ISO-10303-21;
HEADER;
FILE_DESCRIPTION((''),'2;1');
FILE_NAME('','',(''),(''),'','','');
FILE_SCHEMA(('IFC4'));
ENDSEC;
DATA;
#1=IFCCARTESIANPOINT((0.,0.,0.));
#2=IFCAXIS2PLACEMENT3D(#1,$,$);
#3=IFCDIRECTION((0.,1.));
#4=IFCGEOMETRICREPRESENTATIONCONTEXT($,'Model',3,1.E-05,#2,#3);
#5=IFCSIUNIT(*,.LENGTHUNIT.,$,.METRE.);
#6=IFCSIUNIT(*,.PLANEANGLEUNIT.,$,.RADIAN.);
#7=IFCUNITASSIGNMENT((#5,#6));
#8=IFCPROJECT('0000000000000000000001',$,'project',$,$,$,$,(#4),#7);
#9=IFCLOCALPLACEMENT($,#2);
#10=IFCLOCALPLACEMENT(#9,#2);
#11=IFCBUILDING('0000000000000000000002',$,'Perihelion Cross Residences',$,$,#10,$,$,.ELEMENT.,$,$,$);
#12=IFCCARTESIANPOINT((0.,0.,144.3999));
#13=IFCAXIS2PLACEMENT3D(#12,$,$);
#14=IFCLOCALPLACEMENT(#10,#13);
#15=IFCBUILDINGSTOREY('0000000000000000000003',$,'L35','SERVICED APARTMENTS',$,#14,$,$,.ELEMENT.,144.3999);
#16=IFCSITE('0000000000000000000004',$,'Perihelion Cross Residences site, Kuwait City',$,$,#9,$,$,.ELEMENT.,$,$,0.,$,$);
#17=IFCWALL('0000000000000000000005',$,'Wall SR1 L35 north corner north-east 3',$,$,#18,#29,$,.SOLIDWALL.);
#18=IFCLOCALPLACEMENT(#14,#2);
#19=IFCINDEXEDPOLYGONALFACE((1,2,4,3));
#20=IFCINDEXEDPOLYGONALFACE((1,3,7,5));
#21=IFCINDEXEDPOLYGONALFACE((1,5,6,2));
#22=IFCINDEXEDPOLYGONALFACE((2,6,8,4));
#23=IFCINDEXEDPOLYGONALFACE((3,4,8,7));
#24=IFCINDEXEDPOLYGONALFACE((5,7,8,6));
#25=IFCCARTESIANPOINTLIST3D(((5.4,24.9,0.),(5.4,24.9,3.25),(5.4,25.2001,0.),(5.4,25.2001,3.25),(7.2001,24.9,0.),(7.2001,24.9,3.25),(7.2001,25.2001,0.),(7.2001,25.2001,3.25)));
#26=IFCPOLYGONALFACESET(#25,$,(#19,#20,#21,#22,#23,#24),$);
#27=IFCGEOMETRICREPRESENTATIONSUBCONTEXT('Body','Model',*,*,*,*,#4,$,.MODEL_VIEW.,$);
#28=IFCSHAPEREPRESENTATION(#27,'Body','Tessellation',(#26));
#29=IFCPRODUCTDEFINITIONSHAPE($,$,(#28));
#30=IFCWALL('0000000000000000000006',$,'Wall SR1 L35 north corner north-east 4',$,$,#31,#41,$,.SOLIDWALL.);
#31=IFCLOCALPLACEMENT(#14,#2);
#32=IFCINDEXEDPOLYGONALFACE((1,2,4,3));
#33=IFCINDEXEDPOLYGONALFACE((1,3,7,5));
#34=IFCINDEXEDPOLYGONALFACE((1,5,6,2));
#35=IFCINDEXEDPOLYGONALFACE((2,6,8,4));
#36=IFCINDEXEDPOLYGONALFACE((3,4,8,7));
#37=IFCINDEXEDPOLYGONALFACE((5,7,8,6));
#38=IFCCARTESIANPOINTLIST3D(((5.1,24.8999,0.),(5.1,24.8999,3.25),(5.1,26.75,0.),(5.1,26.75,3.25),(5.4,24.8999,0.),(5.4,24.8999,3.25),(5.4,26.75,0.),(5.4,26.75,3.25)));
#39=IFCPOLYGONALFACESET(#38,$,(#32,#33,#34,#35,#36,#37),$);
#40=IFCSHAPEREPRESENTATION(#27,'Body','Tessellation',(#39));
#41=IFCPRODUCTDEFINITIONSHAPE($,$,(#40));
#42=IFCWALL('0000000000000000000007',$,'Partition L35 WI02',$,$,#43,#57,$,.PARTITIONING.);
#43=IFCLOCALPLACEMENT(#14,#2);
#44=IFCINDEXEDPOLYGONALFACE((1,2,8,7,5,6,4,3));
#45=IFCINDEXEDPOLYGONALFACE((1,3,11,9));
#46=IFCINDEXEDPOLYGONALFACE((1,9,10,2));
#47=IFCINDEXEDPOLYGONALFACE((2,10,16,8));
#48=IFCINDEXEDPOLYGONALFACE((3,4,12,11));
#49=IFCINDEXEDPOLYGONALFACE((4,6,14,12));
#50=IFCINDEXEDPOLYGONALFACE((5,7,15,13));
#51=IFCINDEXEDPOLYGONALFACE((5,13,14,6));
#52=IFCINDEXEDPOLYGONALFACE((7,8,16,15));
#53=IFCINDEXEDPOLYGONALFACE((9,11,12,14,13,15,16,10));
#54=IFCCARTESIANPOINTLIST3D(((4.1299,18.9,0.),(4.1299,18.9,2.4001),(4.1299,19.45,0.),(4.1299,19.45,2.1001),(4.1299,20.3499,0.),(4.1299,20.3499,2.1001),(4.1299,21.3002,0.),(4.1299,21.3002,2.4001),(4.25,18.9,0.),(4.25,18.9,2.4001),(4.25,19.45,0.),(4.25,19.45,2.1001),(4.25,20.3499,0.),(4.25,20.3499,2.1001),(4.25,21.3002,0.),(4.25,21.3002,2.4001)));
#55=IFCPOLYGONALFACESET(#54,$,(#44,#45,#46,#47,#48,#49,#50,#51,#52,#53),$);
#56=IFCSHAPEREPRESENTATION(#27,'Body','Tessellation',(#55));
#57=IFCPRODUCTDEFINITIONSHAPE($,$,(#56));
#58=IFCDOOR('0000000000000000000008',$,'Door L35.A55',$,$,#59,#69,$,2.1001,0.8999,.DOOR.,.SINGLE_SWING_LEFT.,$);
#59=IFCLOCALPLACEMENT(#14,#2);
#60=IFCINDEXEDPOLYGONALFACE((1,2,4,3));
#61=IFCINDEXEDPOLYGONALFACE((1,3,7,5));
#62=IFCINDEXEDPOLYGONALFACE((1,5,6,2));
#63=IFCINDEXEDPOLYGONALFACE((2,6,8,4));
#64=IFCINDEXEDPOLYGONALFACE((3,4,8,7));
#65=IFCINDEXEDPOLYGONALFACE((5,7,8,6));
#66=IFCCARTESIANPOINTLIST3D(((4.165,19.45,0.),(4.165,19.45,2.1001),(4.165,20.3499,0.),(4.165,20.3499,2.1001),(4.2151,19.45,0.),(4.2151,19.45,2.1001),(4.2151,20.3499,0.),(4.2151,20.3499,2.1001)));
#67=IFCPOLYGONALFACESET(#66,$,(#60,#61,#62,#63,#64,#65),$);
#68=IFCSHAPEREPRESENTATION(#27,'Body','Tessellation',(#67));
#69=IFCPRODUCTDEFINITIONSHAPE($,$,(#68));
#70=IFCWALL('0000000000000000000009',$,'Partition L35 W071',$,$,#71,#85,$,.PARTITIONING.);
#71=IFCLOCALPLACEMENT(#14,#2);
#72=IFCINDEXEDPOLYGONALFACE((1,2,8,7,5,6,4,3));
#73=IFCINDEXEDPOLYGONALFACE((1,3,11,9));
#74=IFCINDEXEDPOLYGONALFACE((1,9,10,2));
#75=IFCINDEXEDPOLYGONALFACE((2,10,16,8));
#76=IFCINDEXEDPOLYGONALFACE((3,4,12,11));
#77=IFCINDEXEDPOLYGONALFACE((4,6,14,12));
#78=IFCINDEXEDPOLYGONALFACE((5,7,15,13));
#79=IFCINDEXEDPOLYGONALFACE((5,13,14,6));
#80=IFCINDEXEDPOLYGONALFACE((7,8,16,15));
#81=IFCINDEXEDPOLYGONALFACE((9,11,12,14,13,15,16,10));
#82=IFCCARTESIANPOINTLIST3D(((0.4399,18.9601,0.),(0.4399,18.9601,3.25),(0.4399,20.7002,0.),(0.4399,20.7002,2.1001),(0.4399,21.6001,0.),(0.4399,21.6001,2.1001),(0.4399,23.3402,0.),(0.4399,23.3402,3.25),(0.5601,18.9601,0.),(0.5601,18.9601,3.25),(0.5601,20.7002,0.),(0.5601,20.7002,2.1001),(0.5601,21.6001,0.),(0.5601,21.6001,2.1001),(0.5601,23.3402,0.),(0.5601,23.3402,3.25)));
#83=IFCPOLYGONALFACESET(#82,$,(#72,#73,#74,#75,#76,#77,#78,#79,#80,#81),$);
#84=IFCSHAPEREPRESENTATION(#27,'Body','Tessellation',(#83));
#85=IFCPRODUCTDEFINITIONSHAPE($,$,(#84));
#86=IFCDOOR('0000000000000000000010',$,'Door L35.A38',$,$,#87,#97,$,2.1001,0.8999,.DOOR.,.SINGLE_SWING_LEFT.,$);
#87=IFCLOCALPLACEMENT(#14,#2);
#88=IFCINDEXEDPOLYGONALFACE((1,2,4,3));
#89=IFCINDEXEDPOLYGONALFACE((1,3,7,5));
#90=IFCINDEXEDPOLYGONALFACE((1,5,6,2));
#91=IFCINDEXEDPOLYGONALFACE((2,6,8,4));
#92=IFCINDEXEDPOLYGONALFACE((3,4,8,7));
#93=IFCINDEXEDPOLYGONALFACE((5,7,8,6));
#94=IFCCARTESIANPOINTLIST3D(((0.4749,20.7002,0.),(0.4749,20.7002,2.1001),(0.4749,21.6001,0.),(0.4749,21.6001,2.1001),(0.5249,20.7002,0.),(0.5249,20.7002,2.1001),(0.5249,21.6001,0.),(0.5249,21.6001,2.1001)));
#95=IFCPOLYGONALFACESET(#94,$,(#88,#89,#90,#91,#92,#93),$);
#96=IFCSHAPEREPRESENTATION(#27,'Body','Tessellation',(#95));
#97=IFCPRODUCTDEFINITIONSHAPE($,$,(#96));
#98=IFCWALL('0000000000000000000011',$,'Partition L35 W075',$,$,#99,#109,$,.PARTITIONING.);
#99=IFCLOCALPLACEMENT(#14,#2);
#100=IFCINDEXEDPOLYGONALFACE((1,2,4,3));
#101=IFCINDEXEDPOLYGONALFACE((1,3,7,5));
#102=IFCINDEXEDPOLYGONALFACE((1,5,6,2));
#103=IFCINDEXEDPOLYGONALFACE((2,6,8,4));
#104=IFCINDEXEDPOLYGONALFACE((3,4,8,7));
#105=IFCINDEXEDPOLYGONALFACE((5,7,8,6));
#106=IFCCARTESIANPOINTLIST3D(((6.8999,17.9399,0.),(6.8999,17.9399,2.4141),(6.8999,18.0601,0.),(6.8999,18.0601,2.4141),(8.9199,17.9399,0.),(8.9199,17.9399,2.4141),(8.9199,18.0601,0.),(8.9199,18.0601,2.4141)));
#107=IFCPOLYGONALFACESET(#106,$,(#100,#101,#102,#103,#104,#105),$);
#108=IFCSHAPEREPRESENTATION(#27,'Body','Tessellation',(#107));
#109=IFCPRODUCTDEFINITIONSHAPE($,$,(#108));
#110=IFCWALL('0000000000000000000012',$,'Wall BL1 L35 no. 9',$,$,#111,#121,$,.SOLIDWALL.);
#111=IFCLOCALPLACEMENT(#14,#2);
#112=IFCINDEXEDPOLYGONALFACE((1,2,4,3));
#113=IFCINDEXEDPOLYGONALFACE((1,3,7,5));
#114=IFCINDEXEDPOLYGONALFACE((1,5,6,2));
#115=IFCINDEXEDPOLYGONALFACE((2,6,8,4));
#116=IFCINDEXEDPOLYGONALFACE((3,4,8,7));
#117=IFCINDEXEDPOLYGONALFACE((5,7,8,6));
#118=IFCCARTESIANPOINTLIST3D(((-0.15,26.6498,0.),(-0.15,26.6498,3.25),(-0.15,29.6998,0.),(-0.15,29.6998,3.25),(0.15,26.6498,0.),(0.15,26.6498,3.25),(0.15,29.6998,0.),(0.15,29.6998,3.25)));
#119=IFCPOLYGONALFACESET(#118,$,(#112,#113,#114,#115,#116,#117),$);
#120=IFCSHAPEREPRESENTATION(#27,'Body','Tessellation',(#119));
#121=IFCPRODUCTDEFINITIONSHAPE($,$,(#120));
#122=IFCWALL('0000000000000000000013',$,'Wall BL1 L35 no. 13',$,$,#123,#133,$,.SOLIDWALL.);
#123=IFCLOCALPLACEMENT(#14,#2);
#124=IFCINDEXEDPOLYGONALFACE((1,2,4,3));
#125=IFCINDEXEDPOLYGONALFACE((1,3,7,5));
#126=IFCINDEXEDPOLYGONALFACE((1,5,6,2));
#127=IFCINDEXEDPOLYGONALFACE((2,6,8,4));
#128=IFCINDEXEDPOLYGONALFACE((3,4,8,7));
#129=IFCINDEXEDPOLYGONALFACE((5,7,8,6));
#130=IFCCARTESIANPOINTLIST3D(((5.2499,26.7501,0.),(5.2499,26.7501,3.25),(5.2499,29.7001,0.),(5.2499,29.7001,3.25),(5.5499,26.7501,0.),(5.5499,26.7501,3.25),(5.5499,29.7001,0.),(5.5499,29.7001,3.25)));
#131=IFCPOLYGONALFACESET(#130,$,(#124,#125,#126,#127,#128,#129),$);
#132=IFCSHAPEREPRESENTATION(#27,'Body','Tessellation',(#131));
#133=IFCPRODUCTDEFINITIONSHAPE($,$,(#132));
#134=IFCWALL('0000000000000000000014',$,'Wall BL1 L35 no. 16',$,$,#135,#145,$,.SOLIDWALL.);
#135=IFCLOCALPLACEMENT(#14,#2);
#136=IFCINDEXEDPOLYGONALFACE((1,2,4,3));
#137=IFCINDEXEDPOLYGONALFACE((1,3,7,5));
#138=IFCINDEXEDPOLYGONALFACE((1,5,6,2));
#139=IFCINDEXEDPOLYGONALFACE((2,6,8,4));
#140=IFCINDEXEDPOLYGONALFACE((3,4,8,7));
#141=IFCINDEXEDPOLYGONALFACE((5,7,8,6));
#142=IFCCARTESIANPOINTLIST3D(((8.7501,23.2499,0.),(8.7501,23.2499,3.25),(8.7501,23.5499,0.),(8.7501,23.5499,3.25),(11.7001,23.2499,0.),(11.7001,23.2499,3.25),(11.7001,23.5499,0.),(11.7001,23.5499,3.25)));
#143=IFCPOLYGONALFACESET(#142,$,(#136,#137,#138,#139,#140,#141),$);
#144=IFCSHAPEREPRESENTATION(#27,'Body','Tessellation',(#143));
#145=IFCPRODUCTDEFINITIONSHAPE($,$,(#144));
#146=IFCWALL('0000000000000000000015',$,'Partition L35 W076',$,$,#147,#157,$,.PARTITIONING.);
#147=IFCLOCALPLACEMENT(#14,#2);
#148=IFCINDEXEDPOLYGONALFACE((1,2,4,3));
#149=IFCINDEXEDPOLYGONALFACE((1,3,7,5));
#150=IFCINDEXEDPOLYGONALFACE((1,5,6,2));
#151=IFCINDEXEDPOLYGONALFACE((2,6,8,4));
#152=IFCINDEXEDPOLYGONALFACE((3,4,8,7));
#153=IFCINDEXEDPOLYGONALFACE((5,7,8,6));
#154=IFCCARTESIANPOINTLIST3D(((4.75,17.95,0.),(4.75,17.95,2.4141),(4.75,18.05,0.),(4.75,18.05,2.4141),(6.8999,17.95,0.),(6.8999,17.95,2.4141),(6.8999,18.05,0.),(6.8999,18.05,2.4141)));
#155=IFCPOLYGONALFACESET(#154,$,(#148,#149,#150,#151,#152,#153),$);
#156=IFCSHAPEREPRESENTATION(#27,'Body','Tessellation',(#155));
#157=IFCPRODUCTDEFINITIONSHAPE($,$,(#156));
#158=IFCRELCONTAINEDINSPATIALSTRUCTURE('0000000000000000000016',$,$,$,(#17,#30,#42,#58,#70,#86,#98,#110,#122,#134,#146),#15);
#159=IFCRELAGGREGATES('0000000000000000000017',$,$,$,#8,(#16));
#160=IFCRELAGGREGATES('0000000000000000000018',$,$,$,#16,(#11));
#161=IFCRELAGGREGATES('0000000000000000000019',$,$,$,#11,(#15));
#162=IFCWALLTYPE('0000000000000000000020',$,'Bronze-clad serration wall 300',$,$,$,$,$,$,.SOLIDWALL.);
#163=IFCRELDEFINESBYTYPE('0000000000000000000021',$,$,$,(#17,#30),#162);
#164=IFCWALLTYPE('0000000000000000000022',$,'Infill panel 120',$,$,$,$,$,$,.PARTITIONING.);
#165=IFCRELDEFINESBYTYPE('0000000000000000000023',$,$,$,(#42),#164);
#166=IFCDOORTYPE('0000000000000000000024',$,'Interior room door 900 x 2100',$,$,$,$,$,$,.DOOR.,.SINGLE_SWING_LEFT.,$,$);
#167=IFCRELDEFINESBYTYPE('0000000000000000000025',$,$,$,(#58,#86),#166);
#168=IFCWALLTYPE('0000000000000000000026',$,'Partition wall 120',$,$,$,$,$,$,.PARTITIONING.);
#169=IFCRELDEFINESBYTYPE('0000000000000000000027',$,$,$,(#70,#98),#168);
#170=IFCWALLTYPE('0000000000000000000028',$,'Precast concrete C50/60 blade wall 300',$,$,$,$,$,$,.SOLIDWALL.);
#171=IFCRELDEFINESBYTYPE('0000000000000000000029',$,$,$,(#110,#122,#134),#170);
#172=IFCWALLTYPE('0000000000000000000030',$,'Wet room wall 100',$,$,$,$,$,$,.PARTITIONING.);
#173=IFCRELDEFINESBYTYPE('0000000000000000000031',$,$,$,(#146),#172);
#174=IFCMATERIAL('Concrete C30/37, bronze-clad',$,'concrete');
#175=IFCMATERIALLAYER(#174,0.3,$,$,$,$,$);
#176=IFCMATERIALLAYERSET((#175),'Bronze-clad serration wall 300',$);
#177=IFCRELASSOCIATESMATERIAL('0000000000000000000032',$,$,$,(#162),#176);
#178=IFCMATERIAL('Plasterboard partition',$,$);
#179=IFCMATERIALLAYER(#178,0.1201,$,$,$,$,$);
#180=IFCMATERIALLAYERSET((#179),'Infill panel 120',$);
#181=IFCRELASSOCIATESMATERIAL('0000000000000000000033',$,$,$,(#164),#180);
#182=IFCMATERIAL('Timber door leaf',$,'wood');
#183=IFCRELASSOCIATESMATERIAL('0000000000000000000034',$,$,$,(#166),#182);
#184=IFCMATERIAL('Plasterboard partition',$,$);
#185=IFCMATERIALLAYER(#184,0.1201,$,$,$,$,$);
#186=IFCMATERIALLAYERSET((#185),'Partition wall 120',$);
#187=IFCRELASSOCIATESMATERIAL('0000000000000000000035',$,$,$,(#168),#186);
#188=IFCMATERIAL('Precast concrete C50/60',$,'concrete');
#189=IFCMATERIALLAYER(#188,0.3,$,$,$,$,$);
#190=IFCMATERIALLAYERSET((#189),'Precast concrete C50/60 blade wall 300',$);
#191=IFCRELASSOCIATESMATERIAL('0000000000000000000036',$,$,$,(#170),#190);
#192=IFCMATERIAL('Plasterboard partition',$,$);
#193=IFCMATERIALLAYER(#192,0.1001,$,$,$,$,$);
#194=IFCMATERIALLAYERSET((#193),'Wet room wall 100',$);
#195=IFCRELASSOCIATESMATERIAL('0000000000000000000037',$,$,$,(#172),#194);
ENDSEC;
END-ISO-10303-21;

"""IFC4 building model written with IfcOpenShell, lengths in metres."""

from ifc_helpers import new_model, si_unit, direction, frame, frame_2d, origin, place, context, subcontext, project, spatial, rectangle, extrude, material, layer, layer_set, type_object, element, fill, save


model = new_model("IFC4")

# Units and contexts
model_context = context("Model", 3, precision=1e-05, world=origin(), true_north=direction((0.0, 1.0)))
body_context = subcontext(model_context, "Body", "Model", "MODEL_VIEW")
ifc_project = project(units=[si_unit("LENGTHUNIT", "METRE"), si_unit("PLANEANGLEUNIT", "RADIAN")], contexts=[model_context])

# Site, building, storey
site_placement = place(None, origin())
site = spatial("IfcSite", under=ifc_project, at=site_placement, Name="Perihelion Cross Residences site, Kuwait City", CompositionType="ELEMENT", RefElevation=0.0)
building_placement = place(site_placement, origin())
building = spatial("IfcBuilding", under=site, at=building_placement, Name="Perihelion Cross Residences", CompositionType="ELEMENT")
storey_placement = place(building_placement, frame((0.0, 0.0, 144.3999)))
storey = spatial("IfcBuildingStorey", under=building, at=storey_placement, Name="L35", Description="SERVICED APARTMENTS", CompositionType="ELEMENT", Elevation=144.3999)

# Walls
ifc_material_1 = material(Name="Concrete C30/37, bronze-clad", Category="concrete")
ifc_layer_1 = layer(ifc_material_1, 0.3)
ifc_layer_set_1 = layer_set([ifc_layer_1], Name="Bronze-clad serration wall 300")
wall_type_1 = type_object("IfcWallType", Name="Bronze-clad serration wall 300", PredefinedType="SOLIDWALL", material=ifc_layer_set_1)
wall_1_placement = place(storey_placement, frame((7.2, 25.05, 0.0), z_axis=(0.0, 0.0, 1.0), x_axis=(-1.0, 0.0, 0.0)))
element("IfcWall", 1, at=wall_1_placement, inside=storey, type_object=wall_type_1, Name="Wall SR1 L35 north corner north-east 3", PredefinedType="SOLIDWALL", context=body_context, shape_type="SweptSolid", body=[
    extrude(rectangle(XDim=1.8, YDim=0.3, at=frame_2d((0.8999, 0.0))), origin(), (0.0, 0.0, 1.0), 3.25),
])
wall_2_placement = place(storey_placement, frame((5.25, 24.8999, 0.0), z_axis=(0.0, 0.0, 1.0), x_axis=(0.0, 1.0, 0.0)))
element("IfcWall", 2, at=wall_2_placement, inside=storey, type_object=wall_type_1, Name="Wall SR1 L35 north corner north-east 4", PredefinedType="SOLIDWALL", context=body_context, shape_type="SweptSolid", body=[
    extrude(rectangle(XDim=1.8501, YDim=0.3, at=frame_2d((0.925, 0.0))), origin(), (0.0, 0.0, 1.0), 3.25),
])

# Walls, openings, doors
ifc_material_2 = material(Name="Plasterboard partition")
ifc_layer_2 = layer(ifc_material_2, 0.1201)
ifc_layer_set_2 = layer_set([ifc_layer_2], Name="Infill panel 120")
wall_type_2 = type_object("IfcWallType", Name="Infill panel 120", PredefinedType="PARTITIONING", material=ifc_layer_set_2)
wall_3_placement = place(storey_placement, frame((4.1899, 18.8999, 0.0), z_axis=(0.0, 0.0, 1.0), x_axis=(0.0, 1.0, 0.0)))
wall_3 = element("IfcWall", 3, at=wall_3_placement, inside=storey, type_object=wall_type_2, Name="Partition L35 WI02", PredefinedType="PARTITIONING", context=body_context, shape_type="SweptSolid", body=[
    extrude(rectangle(XDim=2.4001, YDim=0.1201, at=frame_2d((1.2002, 0.0))), origin(), (0.0, 0.0, 1.0), 2.4001),
])
opening_1_placement = place(wall_3_placement, frame((0.55, 0.0, 0.0)))
opening_1 = element("IfcOpeningElement", 4, at=opening_1_placement, cuts=wall_3, PredefinedType="OPENING", context=body_context, shape_type="SweptSolid", body=[
    extrude(rectangle(XDim=0.8999, YDim=2.1001, at=frame_2d((0.45, 1.05))), frame((0.0, 0.0701, 0.0), z_axis=(0.0, -1.0, 0.0), x_axis=(1.0, 0.0, 0.0)), (0.0, 0.0, 1.0), 0.1401),
])
ifc_material_3 = material(Name="Timber door leaf", Category="wood")
door_type_1 = type_object("IfcDoorType", Name="Interior room door 900 x 2100", OperationType="SINGLE_SWING_LEFT", PredefinedType="DOOR", material=ifc_material_3)
door_1_placement = place(opening_1_placement, origin())
door_1 = element("IfcDoor", 5, at=door_1_placement, inside=storey, type_object=door_type_1, Name="Door L35.A55", OperationType="SINGLE_SWING_LEFT", OverallHeight=2.1001, OverallWidth=0.8999, PredefinedType="DOOR", context=body_context, shape_type="SweptSolid", body=[
    extrude(rectangle(XDim=0.8999, YDim=2.1001, at=frame_2d((0.45, 1.05))), frame((0.0, 0.0249, 0.0), z_axis=(0.0, -1.0, 0.0), x_axis=(1.0, 0.0, 0.0)), (0.0, 0.0, 1.0), 0.05),
])
fill(opening_1, door_1)
ifc_material_4 = material(Name="Plasterboard partition")
ifc_layer_3 = layer(ifc_material_4, 0.1201)
ifc_layer_set_3 = layer_set([ifc_layer_3], Name="Partition wall 120")
wall_type_3 = type_object("IfcWallType", Name="Partition wall 120", PredefinedType="PARTITIONING", material=ifc_layer_set_3)
wall_4_placement = place(storey_placement, frame((0.5, 23.3401, 0.0), z_axis=(0.0, 0.0, 1.0), x_axis=(0.0, -1.0, 0.0)))
wall_4 = element("IfcWall", 6, at=wall_4_placement, inside=storey, type_object=wall_type_3, Name="Partition L35 W071", PredefinedType="PARTITIONING", context=body_context, shape_type="SweptSolid", body=[
    extrude(rectangle(XDim=4.3801, YDim=0.1201, at=frame_2d((2.1899, 0.0))), origin(), (0.0, 0.0, 1.0), 3.25),
])
opening_2_placement = place(wall_4_placement, frame((1.74, 0.0, 0.0)))
opening_2 = element("IfcOpeningElement", 7, at=opening_2_placement, cuts=wall_4, PredefinedType="OPENING", context=body_context, shape_type="SweptSolid", body=[
    extrude(rectangle(XDim=0.8999, YDim=2.1001, at=frame_2d((0.45, 1.05))), frame((0.0, 0.0701, 0.0), z_axis=(0.0, -1.0, 0.0), x_axis=(1.0, 0.0, 0.0)), (0.0, 0.0, 1.0), 0.1401),
])
door_2_placement = place(opening_2_placement, origin())
door_2 = element("IfcDoor", 8, at=door_2_placement, inside=storey, type_object=door_type_1, Name="Door L35.A38", OperationType="SINGLE_SWING_LEFT", OverallHeight=2.1001, OverallWidth=0.8999, PredefinedType="DOOR", context=body_context, shape_type="SweptSolid", body=[
    extrude(rectangle(XDim=0.8999, YDim=2.1001, at=frame_2d((0.45, 1.05))), frame((0.0, 0.0249, 0.0), z_axis=(0.0, -1.0, 0.0), x_axis=(1.0, 0.0, 0.0)), (0.0, 0.0, 1.0), 0.05),
])
fill(opening_2, door_2)

# Walls
wall_5_placement = place(storey_placement, frame((6.8999, 18.0, 0.0), z_axis=(0.0, 0.0, 1.0), x_axis=(1.0, 0.0, 0.0)))
element("IfcWall", 9, at=wall_5_placement, inside=storey, type_object=wall_type_3, Name="Partition L35 W075", PredefinedType="PARTITIONING", context=body_context, shape_type="SweptSolid", body=[
    extrude(rectangle(XDim=2.02, YDim=0.1201, at=frame_2d((1.01, 0.0))), origin(), (0.0, 0.0, 1.0), 2.4141),
])
ifc_material_5 = material(Name="Precast concrete C50/60", Category="concrete")
ifc_layer_4 = layer(ifc_material_5, 0.3)
ifc_layer_set_4 = layer_set([ifc_layer_4], Name="Precast concrete C50/60 blade wall 300")
wall_type_4 = type_object("IfcWallType", Name="Precast concrete C50/60 blade wall 300", PredefinedType="SOLIDWALL", material=ifc_layer_set_4)
wall_6_placement = place(storey_placement, frame((0.0, 26.6499, 0.0), z_axis=(0.0, 0.0, 1.0), x_axis=(0.0, 1.0, 0.0)))
element("IfcWall", 10, at=wall_6_placement, inside=storey, type_object=wall_type_4, Name="Wall BL1 L35 no. 9", PredefinedType="SOLIDWALL", context=body_context, shape_type="SweptSolid", body=[
    extrude(rectangle(XDim=3.05, YDim=0.3, at=frame_2d((1.5249, 0.0))), origin(), (0.0, 0.0, 1.0), 3.25),
])
for number, where, z_axis, x_axis, name in (
    (11, (5.3999, 26.75, 0.0), (0.0, 0.0, 1.0), (0.0, 1.0, 0.0), "Wall BL1 L35 no. 13"),
    (12, (8.75, 23.3999, 0.0), (0.0, 0.0, 1.0), (1.0, 0.0, 0.0), "Wall BL1 L35 no. 16"),
):
    element("IfcWall", number, at=place(storey_placement, frame(where, z_axis=z_axis, x_axis=x_axis)), inside=storey, type_object=wall_type_4, Name=name, PredefinedType="SOLIDWALL", context=body_context, shape_type="SweptSolid", body=[
        extrude(rectangle(XDim=2.95, YDim=0.3, at=frame_2d((1.4751, 0.0))), origin(), (0.0, 0.0, 1.0), 3.25),
    ])
ifc_material_6 = material(Name="Plasterboard partition")
ifc_layer_5 = layer(ifc_material_6, 0.1001)
ifc_layer_set_5 = layer_set([ifc_layer_5], Name="Wet room wall 100")
wall_type_5 = type_object("IfcWallType", Name="Wet room wall 100", PredefinedType="PARTITIONING", material=ifc_layer_set_5)
wall_7_placement = place(storey_placement, frame((4.75, 18.0, 0.0), z_axis=(0.0, 0.0, 1.0), x_axis=(1.0, 0.0, 0.0)))
element("IfcWall", 13, at=wall_7_placement, inside=storey, type_object=wall_type_5, Name="Partition L35 W076", PredefinedType="PARTITIONING", context=body_context, shape_type="SweptSolid", body=[
    extrude(rectangle(XDim=2.1499, YDim=0.1001, at=frame_2d((1.075, 0.0))), origin(), (0.0, 0.0, 1.0), 2.4141),
])

save(model, "model.ifc")
